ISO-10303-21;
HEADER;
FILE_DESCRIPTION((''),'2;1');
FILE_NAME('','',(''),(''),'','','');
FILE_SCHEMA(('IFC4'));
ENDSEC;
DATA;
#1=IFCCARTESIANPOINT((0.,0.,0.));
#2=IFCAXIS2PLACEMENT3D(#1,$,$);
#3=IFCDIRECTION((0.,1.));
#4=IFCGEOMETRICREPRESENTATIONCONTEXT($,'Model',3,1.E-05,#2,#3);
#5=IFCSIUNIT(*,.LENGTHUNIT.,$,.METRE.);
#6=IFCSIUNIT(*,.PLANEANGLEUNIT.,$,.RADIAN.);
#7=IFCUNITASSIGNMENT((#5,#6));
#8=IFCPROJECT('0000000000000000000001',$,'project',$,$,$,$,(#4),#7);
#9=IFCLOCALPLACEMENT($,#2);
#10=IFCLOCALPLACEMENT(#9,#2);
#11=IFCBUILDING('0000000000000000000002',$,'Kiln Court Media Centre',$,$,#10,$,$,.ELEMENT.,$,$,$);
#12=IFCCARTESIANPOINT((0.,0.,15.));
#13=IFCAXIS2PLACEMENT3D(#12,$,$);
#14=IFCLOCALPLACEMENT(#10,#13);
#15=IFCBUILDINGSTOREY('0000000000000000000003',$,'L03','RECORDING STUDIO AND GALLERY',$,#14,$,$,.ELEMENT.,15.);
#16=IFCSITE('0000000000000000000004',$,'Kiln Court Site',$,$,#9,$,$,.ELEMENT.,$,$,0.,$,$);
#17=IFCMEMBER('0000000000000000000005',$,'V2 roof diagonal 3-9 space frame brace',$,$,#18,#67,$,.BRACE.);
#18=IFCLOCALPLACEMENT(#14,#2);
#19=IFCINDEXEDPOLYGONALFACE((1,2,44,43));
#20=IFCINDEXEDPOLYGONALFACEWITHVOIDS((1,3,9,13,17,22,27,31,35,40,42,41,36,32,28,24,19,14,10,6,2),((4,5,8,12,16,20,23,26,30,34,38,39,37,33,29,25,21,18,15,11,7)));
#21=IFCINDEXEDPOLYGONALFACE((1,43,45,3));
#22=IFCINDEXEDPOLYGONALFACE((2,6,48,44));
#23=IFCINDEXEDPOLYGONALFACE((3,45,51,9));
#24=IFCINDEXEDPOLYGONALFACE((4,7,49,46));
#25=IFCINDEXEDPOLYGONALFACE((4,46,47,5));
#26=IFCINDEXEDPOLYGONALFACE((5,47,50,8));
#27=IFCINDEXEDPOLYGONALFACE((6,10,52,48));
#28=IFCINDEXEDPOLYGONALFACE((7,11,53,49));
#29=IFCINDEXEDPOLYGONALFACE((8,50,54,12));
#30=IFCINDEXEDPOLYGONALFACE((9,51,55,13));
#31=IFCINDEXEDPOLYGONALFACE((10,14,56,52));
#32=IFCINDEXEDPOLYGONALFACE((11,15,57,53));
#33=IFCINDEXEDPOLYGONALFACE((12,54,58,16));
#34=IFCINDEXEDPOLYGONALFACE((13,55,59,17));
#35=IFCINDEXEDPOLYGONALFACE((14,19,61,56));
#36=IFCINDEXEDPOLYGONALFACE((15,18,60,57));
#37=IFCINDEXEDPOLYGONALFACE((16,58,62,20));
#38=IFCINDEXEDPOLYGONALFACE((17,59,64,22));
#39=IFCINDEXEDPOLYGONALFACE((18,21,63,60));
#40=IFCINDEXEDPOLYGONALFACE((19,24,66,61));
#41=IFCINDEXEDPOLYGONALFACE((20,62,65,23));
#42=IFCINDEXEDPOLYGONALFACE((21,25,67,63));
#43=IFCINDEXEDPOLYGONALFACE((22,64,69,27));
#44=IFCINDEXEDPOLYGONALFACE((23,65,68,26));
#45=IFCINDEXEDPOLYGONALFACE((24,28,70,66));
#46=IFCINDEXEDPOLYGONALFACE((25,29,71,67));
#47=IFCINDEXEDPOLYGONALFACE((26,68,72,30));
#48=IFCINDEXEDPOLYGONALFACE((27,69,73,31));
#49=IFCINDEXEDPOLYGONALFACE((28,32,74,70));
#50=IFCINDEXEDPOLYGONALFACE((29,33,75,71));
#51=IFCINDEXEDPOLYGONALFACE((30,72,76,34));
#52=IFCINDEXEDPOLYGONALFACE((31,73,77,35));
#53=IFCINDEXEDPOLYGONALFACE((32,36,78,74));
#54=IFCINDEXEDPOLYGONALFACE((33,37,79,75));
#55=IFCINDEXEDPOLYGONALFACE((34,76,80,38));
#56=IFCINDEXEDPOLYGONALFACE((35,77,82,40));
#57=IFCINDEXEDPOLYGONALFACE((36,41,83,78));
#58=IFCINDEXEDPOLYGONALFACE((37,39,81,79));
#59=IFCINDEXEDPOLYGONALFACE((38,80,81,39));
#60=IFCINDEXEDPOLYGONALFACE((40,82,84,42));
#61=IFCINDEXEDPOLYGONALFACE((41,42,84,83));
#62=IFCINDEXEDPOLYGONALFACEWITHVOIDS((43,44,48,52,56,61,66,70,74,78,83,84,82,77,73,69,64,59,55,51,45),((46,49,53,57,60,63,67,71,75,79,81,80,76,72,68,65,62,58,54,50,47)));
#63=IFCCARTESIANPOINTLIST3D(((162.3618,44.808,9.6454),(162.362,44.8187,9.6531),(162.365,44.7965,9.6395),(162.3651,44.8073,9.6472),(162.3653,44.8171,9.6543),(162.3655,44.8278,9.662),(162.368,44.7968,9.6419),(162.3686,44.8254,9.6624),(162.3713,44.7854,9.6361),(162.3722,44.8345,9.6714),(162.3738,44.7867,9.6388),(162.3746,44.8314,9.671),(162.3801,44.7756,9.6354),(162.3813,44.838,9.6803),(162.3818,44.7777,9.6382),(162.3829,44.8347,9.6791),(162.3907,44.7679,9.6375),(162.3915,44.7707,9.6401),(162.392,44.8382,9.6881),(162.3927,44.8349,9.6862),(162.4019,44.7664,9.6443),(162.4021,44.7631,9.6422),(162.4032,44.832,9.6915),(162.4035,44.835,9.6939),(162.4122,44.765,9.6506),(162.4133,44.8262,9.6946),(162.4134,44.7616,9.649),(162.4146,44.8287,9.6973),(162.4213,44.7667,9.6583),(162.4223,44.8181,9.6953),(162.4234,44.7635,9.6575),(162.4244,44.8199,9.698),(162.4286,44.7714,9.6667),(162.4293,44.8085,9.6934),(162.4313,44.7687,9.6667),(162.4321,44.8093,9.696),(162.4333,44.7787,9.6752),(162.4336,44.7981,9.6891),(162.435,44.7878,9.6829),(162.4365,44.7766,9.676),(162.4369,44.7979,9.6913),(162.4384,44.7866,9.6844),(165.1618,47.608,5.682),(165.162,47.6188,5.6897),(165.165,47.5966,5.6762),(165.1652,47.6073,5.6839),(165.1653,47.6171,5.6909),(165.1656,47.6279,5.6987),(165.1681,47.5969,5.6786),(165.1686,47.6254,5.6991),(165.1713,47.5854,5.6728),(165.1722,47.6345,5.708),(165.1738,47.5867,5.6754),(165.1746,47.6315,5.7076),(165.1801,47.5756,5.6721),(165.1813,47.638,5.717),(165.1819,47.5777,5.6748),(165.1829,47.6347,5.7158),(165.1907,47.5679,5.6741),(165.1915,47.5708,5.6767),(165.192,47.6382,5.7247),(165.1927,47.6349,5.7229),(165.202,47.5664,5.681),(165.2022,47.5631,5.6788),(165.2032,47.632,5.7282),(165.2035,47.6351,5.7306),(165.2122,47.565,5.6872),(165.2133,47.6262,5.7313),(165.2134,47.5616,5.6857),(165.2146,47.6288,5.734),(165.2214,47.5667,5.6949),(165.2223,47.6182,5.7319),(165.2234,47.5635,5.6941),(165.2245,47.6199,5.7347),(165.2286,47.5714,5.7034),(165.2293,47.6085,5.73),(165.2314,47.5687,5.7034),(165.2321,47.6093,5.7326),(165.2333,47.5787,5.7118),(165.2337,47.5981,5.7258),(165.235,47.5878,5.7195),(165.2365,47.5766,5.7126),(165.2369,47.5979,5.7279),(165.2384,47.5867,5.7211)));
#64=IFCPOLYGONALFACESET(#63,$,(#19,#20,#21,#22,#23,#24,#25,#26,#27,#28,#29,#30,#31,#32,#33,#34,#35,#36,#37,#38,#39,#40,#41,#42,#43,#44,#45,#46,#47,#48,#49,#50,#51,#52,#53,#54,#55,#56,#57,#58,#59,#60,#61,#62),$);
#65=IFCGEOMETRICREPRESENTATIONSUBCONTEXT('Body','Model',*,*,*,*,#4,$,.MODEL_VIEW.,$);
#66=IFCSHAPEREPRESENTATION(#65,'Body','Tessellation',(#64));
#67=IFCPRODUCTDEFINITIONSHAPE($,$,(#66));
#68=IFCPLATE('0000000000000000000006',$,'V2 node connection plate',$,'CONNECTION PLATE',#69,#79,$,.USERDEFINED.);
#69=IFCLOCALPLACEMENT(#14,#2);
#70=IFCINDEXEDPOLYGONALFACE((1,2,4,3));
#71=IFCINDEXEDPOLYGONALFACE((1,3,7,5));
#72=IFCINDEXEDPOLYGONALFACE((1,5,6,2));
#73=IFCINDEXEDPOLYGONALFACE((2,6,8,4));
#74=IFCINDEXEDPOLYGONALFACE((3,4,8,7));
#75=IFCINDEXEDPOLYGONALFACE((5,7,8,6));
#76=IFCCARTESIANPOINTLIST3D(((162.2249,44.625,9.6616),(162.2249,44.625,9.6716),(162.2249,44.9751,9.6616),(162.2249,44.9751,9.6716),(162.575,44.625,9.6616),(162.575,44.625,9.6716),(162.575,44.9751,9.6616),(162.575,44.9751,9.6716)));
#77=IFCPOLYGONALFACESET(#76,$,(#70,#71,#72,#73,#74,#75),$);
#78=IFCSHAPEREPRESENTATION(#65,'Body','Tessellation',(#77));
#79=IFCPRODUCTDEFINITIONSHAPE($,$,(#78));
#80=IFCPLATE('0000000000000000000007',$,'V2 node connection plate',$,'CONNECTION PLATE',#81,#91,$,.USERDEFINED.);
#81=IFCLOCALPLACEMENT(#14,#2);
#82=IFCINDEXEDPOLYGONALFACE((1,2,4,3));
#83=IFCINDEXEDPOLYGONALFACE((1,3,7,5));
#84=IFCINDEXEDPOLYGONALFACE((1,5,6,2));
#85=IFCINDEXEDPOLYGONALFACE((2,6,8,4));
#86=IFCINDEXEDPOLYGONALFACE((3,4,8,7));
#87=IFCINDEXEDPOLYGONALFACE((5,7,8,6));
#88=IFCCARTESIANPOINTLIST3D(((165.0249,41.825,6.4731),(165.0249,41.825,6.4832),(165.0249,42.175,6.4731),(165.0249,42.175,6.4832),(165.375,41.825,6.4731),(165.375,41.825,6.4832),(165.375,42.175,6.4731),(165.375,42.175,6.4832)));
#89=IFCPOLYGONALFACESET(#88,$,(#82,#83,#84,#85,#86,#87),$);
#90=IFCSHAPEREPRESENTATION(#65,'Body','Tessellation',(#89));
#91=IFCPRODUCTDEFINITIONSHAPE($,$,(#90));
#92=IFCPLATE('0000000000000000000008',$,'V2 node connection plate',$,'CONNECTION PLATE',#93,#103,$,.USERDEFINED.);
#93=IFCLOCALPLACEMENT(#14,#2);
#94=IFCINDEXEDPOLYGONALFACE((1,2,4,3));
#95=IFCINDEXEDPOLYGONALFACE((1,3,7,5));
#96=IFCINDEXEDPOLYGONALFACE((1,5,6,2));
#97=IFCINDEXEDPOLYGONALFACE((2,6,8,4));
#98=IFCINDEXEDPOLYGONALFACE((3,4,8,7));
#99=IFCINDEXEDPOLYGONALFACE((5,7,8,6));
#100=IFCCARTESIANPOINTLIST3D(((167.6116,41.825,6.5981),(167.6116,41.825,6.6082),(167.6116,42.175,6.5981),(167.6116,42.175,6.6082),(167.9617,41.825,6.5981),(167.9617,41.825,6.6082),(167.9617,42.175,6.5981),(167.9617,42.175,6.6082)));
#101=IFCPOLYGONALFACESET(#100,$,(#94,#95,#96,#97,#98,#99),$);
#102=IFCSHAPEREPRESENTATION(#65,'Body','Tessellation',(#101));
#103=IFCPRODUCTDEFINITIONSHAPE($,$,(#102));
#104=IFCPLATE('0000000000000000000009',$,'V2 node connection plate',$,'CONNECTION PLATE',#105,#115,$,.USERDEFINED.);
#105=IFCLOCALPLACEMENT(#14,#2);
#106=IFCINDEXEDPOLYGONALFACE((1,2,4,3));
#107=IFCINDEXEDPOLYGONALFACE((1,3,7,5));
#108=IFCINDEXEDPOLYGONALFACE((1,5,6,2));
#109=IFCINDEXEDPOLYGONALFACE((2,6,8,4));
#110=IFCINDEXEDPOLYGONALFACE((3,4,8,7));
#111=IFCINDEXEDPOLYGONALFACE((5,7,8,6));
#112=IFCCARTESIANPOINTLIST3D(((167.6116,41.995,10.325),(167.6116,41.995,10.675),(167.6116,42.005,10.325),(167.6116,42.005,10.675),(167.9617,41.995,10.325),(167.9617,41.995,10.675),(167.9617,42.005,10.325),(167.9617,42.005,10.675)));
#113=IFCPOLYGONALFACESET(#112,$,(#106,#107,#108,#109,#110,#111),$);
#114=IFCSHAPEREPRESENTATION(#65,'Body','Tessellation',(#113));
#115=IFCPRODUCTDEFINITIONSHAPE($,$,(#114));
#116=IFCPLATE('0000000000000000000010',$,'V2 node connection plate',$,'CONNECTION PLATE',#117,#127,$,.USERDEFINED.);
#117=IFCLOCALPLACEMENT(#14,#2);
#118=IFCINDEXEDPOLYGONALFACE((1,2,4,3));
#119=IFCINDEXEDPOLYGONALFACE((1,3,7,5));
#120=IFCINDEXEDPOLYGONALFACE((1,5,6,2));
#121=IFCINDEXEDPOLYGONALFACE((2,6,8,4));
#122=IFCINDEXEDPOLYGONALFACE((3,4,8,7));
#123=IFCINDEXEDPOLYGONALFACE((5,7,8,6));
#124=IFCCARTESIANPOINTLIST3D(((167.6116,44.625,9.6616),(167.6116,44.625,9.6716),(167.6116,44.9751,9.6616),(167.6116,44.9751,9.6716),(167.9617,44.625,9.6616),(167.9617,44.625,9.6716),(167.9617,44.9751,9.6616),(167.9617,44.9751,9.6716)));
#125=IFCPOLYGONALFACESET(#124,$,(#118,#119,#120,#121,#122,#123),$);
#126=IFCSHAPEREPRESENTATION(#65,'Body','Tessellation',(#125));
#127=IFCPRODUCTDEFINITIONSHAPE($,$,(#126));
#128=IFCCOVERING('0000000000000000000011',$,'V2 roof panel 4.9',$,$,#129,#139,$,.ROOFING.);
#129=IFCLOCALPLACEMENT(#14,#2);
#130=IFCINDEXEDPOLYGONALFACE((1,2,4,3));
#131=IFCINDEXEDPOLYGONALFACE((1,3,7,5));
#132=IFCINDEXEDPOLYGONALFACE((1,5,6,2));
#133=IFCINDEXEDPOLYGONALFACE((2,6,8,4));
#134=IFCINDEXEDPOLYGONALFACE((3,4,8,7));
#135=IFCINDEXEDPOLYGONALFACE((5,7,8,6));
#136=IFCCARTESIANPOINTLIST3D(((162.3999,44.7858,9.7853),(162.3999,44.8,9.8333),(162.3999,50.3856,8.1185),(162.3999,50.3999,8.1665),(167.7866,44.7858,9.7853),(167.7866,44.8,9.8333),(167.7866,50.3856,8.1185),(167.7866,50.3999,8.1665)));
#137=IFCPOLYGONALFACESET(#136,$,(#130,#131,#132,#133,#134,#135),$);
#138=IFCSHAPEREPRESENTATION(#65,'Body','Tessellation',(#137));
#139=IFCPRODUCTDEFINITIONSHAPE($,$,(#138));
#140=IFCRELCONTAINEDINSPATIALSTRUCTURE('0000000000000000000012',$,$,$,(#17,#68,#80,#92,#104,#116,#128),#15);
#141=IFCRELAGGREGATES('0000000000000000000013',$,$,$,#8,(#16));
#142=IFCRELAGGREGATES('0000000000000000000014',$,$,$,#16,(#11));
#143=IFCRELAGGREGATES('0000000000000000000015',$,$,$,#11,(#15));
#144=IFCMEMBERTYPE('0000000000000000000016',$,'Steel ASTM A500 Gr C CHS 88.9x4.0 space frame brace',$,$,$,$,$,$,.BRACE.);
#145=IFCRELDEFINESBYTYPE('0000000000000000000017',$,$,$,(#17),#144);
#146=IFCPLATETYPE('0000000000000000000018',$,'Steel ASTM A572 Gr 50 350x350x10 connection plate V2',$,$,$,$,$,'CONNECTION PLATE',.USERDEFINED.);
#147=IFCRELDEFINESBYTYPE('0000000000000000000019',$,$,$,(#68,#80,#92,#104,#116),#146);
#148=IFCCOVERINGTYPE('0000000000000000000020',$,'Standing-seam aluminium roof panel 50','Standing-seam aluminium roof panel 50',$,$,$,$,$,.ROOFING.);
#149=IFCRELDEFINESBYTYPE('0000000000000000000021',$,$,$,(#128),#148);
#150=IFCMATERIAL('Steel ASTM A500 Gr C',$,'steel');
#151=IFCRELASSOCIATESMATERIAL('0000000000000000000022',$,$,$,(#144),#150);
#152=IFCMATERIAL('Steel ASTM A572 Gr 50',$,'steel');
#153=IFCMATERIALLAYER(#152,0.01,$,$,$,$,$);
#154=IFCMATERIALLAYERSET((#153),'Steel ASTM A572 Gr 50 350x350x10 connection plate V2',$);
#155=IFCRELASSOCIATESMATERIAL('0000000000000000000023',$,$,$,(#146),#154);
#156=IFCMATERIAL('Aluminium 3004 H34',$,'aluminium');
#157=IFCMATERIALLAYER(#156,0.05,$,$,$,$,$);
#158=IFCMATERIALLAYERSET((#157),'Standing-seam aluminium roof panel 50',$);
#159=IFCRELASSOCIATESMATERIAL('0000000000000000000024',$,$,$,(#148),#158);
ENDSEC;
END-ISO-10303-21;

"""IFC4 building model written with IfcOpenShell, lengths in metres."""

from ifc_helpers import new_model, si_unit, direction, frame, origin, origin_2d, place, context, subcontext, project, spatial, polyline, rectangle, hollow_circle, outline, extrude, material, layer, layer_set, material_profile, profile_set, type_object, element, save


model = new_model("IFC4")

# Units and contexts
model_context = context("Model", 3, precision=1e-05, world=origin(), true_north=direction((0.0, 1.0)))
body_context = subcontext(model_context, "Body", "Model", "MODEL_VIEW")
ifc_project = project(units=[si_unit("LENGTHUNIT", "METRE"), si_unit("PLANEANGLEUNIT", "RADIAN")], contexts=[model_context])

# Site, building, storey
site_placement = place(None, origin())
site = spatial("IfcSite", under=ifc_project, at=site_placement, Name="Kiln Court Site", CompositionType="ELEMENT", RefElevation=0.0)
building_placement = place(site_placement, origin())
building = spatial("IfcBuilding", under=site, at=building_placement, Name="Kiln Court Media Centre", CompositionType="ELEMENT")
storey_placement = place(building_placement, frame((0.0, 0.0, 15.0)))
storey = spatial("IfcBuildingStorey", under=building, at=storey_placement, Name="L03", Description="RECORDING STUDIO AND GALLERY", CompositionType="ELEMENT", Elevation=15.0)

# Member
ifc_material_1 = material(Name="Steel ASTM A500 Gr C", Category="steel")
ifc_material_profile_1 = material_profile(ifc_material_1, hollow_circle(Radius=0.0444, WallThickness=0.0039, at=origin_2d()), Name="CHS 88.9x4.0")
ifc_profile_set_1 = profile_set([ifc_material_profile_1], Name="Steel ASTM A500 Gr C")
member_type_1 = type_object("IfcMemberType", Name="Steel ASTM A500 Gr C CHS 88.9x4.0 space frame brace", PredefinedType="BRACE", material=ifc_profile_set_1)
member_1_placement = place(storey_placement, frame((165.2, 47.6001, 5.7034), z_axis=(-0.499778, -0.499778, 0.70742), x_axis=(0.707107, -0.707107, 0.0)))
element("IfcMember", 1, at=member_1_placement, inside=storey, type_object=member_type_1, Name="V2 roof diagonal 3-9 space frame brace", PredefinedType="BRACE", context=body_context, shape_type="SweptSolid", body=[
    extrude(hollow_circle(Radius=0.0444, WallThickness=0.0039, at=origin_2d()), origin(), (0.0, 0.0, 1.0), 5.6025),
])

# Plates
ifc_material_2 = material(Name="Steel ASTM A572 Gr 50", Category="steel")
ifc_layer_1 = layer(ifc_material_2, 0.01)
ifc_layer_set_1 = layer_set([ifc_layer_1], Name="Steel ASTM A572 Gr 50 350x350x10 connection plate V2")
plate_type = type_object("IfcPlateType", Name="Steel ASTM A572 Gr 50 350x350x10 connection plate V2", ElementType="CONNECTION PLATE", PredefinedType="USERDEFINED", material=ifc_layer_set_1)
for number, where, z_axis, x_axis, name in (
    (2, (162.3999, 44.8, 9.6616), (0.0, 0.0, 1.0), (1.0, 0.0, 0.0), "V2 node connection plate"),
    (3, (165.2, 42.0, 6.4731), (0.0, 0.0, 1.0), (1.0, 0.0, 0.0), "V2 node connection plate"),
    (4, (167.7866, 42.0, 6.5981), (0.0, 0.0, 1.0), (1.0, 0.0, 0.0), "V2 node connection plate"),
):
    element("IfcPlate", number, at=place(storey_placement, frame(where, z_axis=z_axis, x_axis=x_axis)), inside=storey, type_object=plate_type, Name=name, ObjectType="CONNECTION PLATE", PredefinedType="USERDEFINED", context=body_context, shape_type="SweptSolid", body=[
        extrude(rectangle(XDim=0.3501, YDim=0.3501, at=origin_2d()), origin(), (0.0, 0.0, 1.0), 0.01),
    ])
plate_1_placement = place(storey_placement, frame((167.7866, 42.0, 10.325), z_axis=(0.0, 0.0, 1.0), x_axis=(1.0, 0.0, 0.0)))
element("IfcPlate", 5, at=plate_1_placement, inside=storey, type_object=plate_type, Name="V2 node connection plate", ObjectType="CONNECTION PLATE", PredefinedType="USERDEFINED", context=body_context, shape_type="SweptSolid", body=[
    extrude(rectangle(XDim=0.3501, YDim=0.01, at=origin_2d()), origin(), (0.0, 0.0, 1.0), 0.3501),
])
plate_2_placement = place(storey_placement, frame((167.7866, 44.8, 9.6616), z_axis=(0.0, 0.0, 1.0), x_axis=(1.0, 0.0, 0.0)))
element("IfcPlate", 6, at=plate_2_placement, inside=storey, type_object=plate_type, Name="V2 node connection plate", ObjectType="CONNECTION PLATE", PredefinedType="USERDEFINED", context=body_context, shape_type="SweptSolid", body=[
    extrude(rectangle(XDim=0.3501, YDim=0.3501, at=origin_2d()), origin(), (0.0, 0.0, 1.0), 0.01),
])

# Covering
ifc_material_3 = material(Name="Aluminium 3004 H34", Category="aluminium")
ifc_layer_2 = layer(ifc_material_3, 0.05)
ifc_layer_set_2 = layer_set([ifc_layer_2], Name="Standing-seam aluminium roof panel 50")
covering_type = type_object("IfcCoveringType", Name="Standing-seam aluminium roof panel 50", Description="Standing-seam aluminium roof panel 50", PredefinedType="ROOFING", material=ifc_layer_set_2)
covering_placement = place(storey_placement, frame((162.3999, 44.8, 9.8333), z_axis=(0.0, 0.285273, 0.958446), x_axis=(0.0, 0.958446, -0.285273)))
element("IfcCovering", 7, at=covering_placement, inside=storey, type_object=covering_type, Name="V2 roof panel 4.9", PredefinedType="ROOFING", context=body_context, shape_type="SweptSolid", body=[
    extrude(outline(polyline([(0.0, 0.0), (5.8426, 0.0), (5.8426, -5.3867), (0.0, -5.3867), (0.0, 0.0)])), origin(), (0.0, 0.0, -1.0), 0.05),
])

save(model, "model.ifc")
